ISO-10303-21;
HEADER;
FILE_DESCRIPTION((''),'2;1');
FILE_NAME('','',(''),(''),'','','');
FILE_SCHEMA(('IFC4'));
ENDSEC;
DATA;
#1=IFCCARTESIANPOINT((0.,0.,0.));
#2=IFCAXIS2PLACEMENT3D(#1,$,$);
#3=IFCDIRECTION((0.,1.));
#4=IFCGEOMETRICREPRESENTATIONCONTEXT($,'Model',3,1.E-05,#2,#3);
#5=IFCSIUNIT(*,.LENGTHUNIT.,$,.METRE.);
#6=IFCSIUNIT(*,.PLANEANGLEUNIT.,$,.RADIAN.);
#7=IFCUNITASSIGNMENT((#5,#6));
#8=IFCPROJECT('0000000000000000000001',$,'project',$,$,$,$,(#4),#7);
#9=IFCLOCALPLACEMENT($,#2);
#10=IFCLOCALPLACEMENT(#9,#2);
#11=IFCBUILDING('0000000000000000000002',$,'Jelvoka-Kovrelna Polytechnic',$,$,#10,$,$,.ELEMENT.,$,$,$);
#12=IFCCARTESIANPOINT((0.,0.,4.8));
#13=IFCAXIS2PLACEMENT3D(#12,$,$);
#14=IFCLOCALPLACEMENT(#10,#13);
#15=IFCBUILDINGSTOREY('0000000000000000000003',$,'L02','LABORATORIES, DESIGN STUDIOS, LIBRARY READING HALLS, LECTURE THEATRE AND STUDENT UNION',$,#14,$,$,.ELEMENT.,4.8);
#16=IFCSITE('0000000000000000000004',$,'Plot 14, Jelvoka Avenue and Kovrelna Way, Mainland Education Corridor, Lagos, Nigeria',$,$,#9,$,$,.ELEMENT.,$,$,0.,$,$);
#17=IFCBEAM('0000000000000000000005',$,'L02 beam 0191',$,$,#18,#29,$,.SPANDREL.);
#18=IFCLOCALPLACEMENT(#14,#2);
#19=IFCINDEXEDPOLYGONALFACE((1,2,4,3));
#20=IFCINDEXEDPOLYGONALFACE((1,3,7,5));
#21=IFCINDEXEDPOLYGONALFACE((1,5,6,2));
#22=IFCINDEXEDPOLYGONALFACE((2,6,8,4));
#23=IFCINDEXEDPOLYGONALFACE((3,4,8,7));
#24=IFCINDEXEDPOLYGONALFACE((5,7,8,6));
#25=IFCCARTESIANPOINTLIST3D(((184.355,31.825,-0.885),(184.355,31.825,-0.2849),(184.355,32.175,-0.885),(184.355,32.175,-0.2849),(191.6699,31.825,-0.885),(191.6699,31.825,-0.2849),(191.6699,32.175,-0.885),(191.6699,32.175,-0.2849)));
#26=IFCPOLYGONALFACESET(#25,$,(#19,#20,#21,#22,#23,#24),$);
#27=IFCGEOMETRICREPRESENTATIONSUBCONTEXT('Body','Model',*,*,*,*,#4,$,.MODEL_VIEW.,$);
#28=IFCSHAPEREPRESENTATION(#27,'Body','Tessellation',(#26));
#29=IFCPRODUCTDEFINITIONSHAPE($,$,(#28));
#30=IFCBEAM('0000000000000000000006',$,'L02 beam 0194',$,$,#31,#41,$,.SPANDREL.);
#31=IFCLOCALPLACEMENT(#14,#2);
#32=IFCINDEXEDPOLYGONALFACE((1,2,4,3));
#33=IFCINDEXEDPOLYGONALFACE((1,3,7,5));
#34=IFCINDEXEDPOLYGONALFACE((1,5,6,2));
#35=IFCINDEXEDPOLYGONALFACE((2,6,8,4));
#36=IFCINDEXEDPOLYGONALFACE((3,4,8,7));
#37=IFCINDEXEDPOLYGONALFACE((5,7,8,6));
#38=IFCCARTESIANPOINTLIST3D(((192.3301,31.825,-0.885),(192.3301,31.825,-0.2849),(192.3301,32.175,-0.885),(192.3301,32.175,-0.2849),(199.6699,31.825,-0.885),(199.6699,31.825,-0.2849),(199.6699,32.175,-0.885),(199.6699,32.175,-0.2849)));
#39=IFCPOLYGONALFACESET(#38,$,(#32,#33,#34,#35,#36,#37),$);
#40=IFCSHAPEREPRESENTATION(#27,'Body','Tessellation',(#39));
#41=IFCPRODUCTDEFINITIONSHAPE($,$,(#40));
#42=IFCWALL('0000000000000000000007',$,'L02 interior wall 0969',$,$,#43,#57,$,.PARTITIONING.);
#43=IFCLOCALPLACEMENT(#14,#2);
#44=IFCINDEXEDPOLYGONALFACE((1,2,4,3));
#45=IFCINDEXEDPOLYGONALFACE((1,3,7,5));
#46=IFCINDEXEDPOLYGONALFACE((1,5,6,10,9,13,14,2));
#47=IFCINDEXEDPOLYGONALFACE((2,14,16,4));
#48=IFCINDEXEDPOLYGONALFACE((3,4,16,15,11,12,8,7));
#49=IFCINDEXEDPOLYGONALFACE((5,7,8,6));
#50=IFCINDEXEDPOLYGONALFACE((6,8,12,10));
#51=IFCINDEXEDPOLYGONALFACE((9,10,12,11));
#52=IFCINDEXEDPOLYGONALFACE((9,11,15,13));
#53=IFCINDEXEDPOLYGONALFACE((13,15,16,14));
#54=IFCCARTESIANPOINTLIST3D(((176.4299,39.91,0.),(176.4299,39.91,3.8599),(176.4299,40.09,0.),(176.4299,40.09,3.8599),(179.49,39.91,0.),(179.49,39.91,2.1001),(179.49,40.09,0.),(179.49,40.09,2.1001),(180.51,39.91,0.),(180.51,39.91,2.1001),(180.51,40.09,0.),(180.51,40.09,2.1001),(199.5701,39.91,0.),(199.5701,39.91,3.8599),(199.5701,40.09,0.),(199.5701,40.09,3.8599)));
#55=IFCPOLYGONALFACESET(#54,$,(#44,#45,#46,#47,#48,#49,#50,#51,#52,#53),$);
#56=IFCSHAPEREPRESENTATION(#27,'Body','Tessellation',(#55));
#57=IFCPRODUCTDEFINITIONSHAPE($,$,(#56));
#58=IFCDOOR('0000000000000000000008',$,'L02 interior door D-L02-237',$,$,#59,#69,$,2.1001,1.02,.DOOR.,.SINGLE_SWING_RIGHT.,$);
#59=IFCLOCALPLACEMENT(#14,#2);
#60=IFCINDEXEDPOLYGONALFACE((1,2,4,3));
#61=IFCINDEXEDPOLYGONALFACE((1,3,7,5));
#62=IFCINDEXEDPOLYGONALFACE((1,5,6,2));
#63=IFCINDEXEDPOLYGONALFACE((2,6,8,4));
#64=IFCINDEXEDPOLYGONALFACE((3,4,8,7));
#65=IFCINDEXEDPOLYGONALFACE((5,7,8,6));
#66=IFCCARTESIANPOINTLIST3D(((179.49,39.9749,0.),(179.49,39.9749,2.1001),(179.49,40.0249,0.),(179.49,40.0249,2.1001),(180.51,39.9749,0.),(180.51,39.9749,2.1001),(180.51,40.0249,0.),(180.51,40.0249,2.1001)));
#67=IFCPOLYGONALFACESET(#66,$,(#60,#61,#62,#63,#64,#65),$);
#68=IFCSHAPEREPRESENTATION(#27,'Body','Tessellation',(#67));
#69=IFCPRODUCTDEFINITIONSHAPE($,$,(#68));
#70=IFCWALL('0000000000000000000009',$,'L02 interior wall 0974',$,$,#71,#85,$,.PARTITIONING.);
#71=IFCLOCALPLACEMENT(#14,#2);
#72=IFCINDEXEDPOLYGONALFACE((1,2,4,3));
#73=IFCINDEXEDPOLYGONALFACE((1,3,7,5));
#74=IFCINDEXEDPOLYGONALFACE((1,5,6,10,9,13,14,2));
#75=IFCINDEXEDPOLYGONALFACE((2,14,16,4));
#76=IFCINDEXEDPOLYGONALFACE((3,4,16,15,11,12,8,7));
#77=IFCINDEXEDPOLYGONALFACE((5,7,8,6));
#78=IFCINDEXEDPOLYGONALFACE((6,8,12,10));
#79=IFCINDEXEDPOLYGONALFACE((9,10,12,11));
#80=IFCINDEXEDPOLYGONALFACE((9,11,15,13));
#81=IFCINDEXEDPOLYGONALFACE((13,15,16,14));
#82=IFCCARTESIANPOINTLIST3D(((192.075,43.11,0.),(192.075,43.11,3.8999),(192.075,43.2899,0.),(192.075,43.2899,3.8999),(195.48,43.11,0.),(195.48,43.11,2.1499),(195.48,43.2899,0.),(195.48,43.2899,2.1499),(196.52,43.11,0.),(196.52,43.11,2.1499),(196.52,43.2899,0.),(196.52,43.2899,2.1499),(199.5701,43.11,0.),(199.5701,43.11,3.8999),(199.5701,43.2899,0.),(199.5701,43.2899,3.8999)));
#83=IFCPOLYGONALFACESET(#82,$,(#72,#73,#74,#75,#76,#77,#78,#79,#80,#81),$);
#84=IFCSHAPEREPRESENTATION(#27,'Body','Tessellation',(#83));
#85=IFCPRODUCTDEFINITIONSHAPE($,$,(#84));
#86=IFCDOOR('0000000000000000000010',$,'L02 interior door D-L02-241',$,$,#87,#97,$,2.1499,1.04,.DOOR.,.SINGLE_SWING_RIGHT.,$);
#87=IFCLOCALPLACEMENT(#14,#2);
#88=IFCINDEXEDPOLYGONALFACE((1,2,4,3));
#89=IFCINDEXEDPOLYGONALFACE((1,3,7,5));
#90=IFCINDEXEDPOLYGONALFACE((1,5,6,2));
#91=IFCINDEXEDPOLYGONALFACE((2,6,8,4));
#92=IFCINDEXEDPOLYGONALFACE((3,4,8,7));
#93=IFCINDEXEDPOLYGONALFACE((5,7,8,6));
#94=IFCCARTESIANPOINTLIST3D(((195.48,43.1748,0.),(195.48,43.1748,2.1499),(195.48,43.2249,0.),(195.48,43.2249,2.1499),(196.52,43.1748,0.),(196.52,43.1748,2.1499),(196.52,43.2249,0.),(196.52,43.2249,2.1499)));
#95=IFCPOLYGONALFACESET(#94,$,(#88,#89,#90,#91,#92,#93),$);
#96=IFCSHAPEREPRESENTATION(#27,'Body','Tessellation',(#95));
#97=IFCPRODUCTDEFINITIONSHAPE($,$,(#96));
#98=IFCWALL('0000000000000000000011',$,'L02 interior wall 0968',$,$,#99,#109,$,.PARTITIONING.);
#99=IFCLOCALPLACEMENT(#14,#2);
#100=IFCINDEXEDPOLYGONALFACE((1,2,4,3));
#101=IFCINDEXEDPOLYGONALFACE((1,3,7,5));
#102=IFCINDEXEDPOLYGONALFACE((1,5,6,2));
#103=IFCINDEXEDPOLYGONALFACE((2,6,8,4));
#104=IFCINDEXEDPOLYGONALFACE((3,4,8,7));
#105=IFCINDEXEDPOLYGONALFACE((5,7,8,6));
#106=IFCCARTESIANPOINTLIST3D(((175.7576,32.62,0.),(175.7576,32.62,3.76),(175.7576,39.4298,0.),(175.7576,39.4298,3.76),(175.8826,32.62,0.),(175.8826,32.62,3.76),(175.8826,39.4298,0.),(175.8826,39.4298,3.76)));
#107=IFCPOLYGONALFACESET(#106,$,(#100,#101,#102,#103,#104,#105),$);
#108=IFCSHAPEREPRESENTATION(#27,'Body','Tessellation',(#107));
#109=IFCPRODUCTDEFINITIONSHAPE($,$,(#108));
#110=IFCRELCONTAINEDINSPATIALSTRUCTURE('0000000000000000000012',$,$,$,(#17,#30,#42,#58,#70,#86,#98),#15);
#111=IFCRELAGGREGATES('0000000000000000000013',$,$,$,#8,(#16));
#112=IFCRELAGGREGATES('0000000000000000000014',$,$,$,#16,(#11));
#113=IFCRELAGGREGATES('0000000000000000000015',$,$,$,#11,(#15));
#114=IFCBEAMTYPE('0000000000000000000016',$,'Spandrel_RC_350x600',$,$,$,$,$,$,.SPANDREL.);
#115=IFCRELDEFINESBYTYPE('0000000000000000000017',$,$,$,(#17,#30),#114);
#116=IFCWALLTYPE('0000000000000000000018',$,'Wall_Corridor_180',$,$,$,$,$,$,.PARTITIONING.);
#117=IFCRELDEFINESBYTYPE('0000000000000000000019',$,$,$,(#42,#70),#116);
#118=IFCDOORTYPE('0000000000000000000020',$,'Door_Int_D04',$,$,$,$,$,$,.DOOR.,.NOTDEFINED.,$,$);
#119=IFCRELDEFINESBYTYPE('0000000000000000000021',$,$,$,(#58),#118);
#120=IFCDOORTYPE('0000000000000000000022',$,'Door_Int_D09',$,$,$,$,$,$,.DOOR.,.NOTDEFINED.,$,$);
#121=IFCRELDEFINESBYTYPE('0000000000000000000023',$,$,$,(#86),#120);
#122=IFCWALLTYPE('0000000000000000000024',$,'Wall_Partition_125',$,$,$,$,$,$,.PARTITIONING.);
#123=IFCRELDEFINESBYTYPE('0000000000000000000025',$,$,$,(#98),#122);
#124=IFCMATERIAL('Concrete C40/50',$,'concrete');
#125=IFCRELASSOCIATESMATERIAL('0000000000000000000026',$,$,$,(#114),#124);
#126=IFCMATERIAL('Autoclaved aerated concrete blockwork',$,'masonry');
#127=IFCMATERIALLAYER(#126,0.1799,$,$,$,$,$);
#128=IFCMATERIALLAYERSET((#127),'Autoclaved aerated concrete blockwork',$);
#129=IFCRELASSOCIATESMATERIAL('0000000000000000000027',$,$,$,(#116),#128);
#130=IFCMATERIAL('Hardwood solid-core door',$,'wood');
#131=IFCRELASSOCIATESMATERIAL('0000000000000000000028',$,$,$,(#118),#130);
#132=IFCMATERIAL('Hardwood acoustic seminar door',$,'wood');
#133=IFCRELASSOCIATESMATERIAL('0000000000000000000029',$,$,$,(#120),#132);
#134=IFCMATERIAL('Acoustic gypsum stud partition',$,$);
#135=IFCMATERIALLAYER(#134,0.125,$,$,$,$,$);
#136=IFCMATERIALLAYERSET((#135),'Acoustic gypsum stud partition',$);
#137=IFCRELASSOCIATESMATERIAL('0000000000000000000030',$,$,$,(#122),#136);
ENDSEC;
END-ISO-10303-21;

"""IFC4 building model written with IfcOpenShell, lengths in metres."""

from ifc_helpers import new_model, si_unit, direction, frame, frame_2d, origin, origin_2d, place, context, subcontext, project, spatial, rectangle, extrude, material, layer, layer_set, material_profile, profile_set, type_object, element, fill, save


model = new_model("IFC4")

# Units and contexts
model_context = context("Model", 3, precision=1e-05, world=origin(), true_north=direction((0.0, 1.0)))
body_context = subcontext(model_context, "Body", "Model", "MODEL_VIEW")
ifc_project = project(units=[si_unit("LENGTHUNIT", "METRE"), si_unit("PLANEANGLEUNIT", "RADIAN")], contexts=[model_context])

# Site, building, storey
site_placement = place(None, origin())
site = spatial("IfcSite", under=ifc_project, at=site_placement, Name="Plot 14, Jelvoka Avenue and Kovrelna Way, Mainland Education Corridor, Lagos, Nigeria", CompositionType="ELEMENT", RefElevation=0.0)
building_placement = place(site_placement, origin())
building = spatial("IfcBuilding", under=site, at=building_placement, Name="Jelvoka-Kovrelna Polytechnic", CompositionType="ELEMENT")
storey_placement = place(building_placement, frame((0.0, 0.0, 4.8)))
storey = spatial("IfcBuildingStorey", under=building, at=storey_placement, Name="L02", Description="LABORATORIES, DESIGN STUDIOS, LIBRARY READING HALLS, LECTURE THEATRE AND STUDENT UNION", CompositionType="ELEMENT", Elevation=4.8)

# Beams
ifc_material_1 = material(Name="Concrete C40/50", Category="concrete")
ifc_material_profile_1 = material_profile(ifc_material_1, rectangle(XDim=0.3501, YDim=0.6001, at=origin_2d()), Name="RC 350x600")
ifc_profile_set_1 = profile_set([ifc_material_profile_1], Name="Concrete C40/50")
beam_type_1 = type_object("IfcBeamType", Name="Spandrel_RC_350x600", PredefinedType="SPANDREL", material=ifc_profile_set_1)
beam_1_placement = place(storey_placement, frame((184.355, 32.0, -0.585), z_axis=(1.0, 0.0, 0.0), x_axis=(0.0, 1.0, 0.0)))
element("IfcBeam", 1, at=beam_1_placement, inside=storey, type_object=beam_type_1, Name="L02 beam 0191", PredefinedType="SPANDREL", context=body_context, shape_type="SweptSolid", body=[
    extrude(rectangle(XDim=0.3501, YDim=0.6001, at=origin_2d()), origin(), (0.0, 0.0, 1.0), 7.3149),
])
beam_2_placement = place(storey_placement, frame((192.3301, 32.0, -0.585), z_axis=(1.0, 0.0, 0.0), x_axis=(0.0, 1.0, 0.0)))
element("IfcBeam", 2, at=beam_2_placement, inside=storey, type_object=beam_type_1, Name="L02 beam 0194", PredefinedType="SPANDREL", context=body_context, shape_type="SweptSolid", body=[
    extrude(rectangle(XDim=0.3501, YDim=0.6001, at=origin_2d()), origin(), (0.0, 0.0, 1.0), 7.3398),
])

# Walls, openings, doors
ifc_material_2 = material(Name="Autoclaved aerated concrete blockwork", Category="masonry")
ifc_layer_1 = layer(ifc_material_2, 0.1799)
ifc_layer_set_1 = layer_set([ifc_layer_1], Name="Autoclaved aerated concrete blockwork")
wall_type_1 = type_object("IfcWallType", Name="Wall_Corridor_180", PredefinedType="PARTITIONING", material=ifc_layer_set_1)
wall_1_placement = place(storey_placement, frame((176.4299, 40.0, 0.0), z_axis=(0.0, 0.0, 1.0), x_axis=(1.0, 0.0, 0.0)))
wall_1 = element("IfcWall", 3, at=wall_1_placement, inside=storey, type_object=wall_type_1, Name="L02 interior wall 0969", PredefinedType="PARTITIONING", context=body_context, shape_type="SweptSolid", body=[
    extrude(rectangle(XDim=23.1401, YDim=0.1799, at=frame_2d((11.5701, 0.0))), origin(), (0.0, 0.0, 1.0), 3.8599),
])
opening_1_placement = place(wall_1_placement, frame((3.0601, 0.0, 0.0)))
opening_1 = element("IfcOpeningElement", 4, at=opening_1_placement, cuts=wall_1, PredefinedType="OPENING", context=body_context, shape_type="SweptSolid", body=[
    extrude(rectangle(XDim=1.02, YDim=2.1001, at=frame_2d((0.51, 1.05))), frame((0.0, 0.0999, 0.0), z_axis=(0.0, -1.0, 0.0), x_axis=(1.0, 0.0, 0.0)), (0.0, 0.0, 1.0), 0.2),
])
ifc_material_3 = material(Name="Hardwood solid-core door", Category="wood")
door_type_1 = type_object("IfcDoorType", Name="Door_Int_D04", OperationType="NOTDEFINED", PredefinedType="DOOR", material=ifc_material_3)
door_1_placement = place(opening_1_placement, origin())
door_1 = element("IfcDoor", 5, at=door_1_placement, inside=storey, type_object=door_type_1, Name="L02 interior door D-L02-237", OperationType="SINGLE_SWING_RIGHT", OverallHeight=2.1001, OverallWidth=1.02, PredefinedType="DOOR", context=body_context, shape_type="SweptSolid", body=[
    extrude(rectangle(XDim=1.02, YDim=2.1001, at=frame_2d((0.51, 1.05))), frame((0.0, 0.0249, 0.0), z_axis=(0.0, -1.0, 0.0), x_axis=(1.0, 0.0, 0.0)), (0.0, 0.0, 1.0), 0.05),
])
fill(opening_1, door_1)
wall_2_placement = place(storey_placement, frame((192.075, 43.2, 0.0), z_axis=(0.0, 0.0, 1.0), x_axis=(1.0, 0.0, 0.0)))
wall_2 = element("IfcWall", 6, at=wall_2_placement, inside=storey, type_object=wall_type_1, Name="L02 interior wall 0974", PredefinedType="PARTITIONING", context=body_context, shape_type="SweptSolid", body=[
    extrude(rectangle(XDim=7.4951, YDim=0.1799, at=frame_2d((3.7476, 0.0))), origin(), (0.0, 0.0, 1.0), 3.8999),
])
opening_2_placement = place(wall_2_placement, frame((3.405, 0.0, 0.0)))
opening_2 = element("IfcOpeningElement", 7, at=opening_2_placement, cuts=wall_2, PredefinedType="OPENING", context=body_context, shape_type="SweptSolid", body=[
    extrude(rectangle(XDim=1.04, YDim=2.1499, at=frame_2d((0.52, 1.075))), frame((0.0, 0.0999, 0.0), z_axis=(0.0, -1.0, 0.0), x_axis=(1.0, 0.0, 0.0)), (0.0, 0.0, 1.0), 0.2),
])
ifc_material_4 = material(Name="Hardwood acoustic seminar door", Category="wood")
door_type_2 = type_object("IfcDoorType", Name="Door_Int_D09", OperationType="NOTDEFINED", PredefinedType="DOOR", material=ifc_material_4)
door_2_placement = place(opening_2_placement, origin())
door_2 = element("IfcDoor", 8, at=door_2_placement, inside=storey, type_object=door_type_2, Name="L02 interior door D-L02-241", OperationType="SINGLE_SWING_RIGHT", OverallHeight=2.1499, OverallWidth=1.04, PredefinedType="DOOR", context=body_context, shape_type="SweptSolid", body=[
    extrude(rectangle(XDim=1.04, YDim=2.1499, at=frame_2d((0.52, 1.075))), frame((0.0, 0.0249, 0.0), z_axis=(0.0, -1.0, 0.0), x_axis=(1.0, 0.0, 0.0)), (0.0, 0.0, 1.0), 0.05),
])
fill(opening_2, door_2)

# Wall
ifc_material_5 = material(Name="Acoustic gypsum stud partition")
ifc_layer_2 = layer(ifc_material_5, 0.125)
ifc_layer_set_2 = layer_set([ifc_layer_2], Name="Acoustic gypsum stud partition")
wall_type_2 = type_object("IfcWallType", Name="Wall_Partition_125", PredefinedType="PARTITIONING", material=ifc_layer_set_2)
wall_3_placement = place(storey_placement, frame((175.8201, 32.6201, 0.0), z_axis=(0.0, 0.0, 1.0), x_axis=(0.0, 1.0, 0.0)))
element("IfcWall", 9, at=wall_3_placement, inside=storey, type_object=wall_type_2, Name="L02 interior wall 0968", PredefinedType="PARTITIONING", context=body_context, shape_type="SweptSolid", body=[
    extrude(rectangle(XDim=6.8098, YDim=0.125, at=frame_2d((3.4048, 0.0))), origin(), (0.0, 0.0, 1.0), 3.76),
])

save(model, "model.ifc")
